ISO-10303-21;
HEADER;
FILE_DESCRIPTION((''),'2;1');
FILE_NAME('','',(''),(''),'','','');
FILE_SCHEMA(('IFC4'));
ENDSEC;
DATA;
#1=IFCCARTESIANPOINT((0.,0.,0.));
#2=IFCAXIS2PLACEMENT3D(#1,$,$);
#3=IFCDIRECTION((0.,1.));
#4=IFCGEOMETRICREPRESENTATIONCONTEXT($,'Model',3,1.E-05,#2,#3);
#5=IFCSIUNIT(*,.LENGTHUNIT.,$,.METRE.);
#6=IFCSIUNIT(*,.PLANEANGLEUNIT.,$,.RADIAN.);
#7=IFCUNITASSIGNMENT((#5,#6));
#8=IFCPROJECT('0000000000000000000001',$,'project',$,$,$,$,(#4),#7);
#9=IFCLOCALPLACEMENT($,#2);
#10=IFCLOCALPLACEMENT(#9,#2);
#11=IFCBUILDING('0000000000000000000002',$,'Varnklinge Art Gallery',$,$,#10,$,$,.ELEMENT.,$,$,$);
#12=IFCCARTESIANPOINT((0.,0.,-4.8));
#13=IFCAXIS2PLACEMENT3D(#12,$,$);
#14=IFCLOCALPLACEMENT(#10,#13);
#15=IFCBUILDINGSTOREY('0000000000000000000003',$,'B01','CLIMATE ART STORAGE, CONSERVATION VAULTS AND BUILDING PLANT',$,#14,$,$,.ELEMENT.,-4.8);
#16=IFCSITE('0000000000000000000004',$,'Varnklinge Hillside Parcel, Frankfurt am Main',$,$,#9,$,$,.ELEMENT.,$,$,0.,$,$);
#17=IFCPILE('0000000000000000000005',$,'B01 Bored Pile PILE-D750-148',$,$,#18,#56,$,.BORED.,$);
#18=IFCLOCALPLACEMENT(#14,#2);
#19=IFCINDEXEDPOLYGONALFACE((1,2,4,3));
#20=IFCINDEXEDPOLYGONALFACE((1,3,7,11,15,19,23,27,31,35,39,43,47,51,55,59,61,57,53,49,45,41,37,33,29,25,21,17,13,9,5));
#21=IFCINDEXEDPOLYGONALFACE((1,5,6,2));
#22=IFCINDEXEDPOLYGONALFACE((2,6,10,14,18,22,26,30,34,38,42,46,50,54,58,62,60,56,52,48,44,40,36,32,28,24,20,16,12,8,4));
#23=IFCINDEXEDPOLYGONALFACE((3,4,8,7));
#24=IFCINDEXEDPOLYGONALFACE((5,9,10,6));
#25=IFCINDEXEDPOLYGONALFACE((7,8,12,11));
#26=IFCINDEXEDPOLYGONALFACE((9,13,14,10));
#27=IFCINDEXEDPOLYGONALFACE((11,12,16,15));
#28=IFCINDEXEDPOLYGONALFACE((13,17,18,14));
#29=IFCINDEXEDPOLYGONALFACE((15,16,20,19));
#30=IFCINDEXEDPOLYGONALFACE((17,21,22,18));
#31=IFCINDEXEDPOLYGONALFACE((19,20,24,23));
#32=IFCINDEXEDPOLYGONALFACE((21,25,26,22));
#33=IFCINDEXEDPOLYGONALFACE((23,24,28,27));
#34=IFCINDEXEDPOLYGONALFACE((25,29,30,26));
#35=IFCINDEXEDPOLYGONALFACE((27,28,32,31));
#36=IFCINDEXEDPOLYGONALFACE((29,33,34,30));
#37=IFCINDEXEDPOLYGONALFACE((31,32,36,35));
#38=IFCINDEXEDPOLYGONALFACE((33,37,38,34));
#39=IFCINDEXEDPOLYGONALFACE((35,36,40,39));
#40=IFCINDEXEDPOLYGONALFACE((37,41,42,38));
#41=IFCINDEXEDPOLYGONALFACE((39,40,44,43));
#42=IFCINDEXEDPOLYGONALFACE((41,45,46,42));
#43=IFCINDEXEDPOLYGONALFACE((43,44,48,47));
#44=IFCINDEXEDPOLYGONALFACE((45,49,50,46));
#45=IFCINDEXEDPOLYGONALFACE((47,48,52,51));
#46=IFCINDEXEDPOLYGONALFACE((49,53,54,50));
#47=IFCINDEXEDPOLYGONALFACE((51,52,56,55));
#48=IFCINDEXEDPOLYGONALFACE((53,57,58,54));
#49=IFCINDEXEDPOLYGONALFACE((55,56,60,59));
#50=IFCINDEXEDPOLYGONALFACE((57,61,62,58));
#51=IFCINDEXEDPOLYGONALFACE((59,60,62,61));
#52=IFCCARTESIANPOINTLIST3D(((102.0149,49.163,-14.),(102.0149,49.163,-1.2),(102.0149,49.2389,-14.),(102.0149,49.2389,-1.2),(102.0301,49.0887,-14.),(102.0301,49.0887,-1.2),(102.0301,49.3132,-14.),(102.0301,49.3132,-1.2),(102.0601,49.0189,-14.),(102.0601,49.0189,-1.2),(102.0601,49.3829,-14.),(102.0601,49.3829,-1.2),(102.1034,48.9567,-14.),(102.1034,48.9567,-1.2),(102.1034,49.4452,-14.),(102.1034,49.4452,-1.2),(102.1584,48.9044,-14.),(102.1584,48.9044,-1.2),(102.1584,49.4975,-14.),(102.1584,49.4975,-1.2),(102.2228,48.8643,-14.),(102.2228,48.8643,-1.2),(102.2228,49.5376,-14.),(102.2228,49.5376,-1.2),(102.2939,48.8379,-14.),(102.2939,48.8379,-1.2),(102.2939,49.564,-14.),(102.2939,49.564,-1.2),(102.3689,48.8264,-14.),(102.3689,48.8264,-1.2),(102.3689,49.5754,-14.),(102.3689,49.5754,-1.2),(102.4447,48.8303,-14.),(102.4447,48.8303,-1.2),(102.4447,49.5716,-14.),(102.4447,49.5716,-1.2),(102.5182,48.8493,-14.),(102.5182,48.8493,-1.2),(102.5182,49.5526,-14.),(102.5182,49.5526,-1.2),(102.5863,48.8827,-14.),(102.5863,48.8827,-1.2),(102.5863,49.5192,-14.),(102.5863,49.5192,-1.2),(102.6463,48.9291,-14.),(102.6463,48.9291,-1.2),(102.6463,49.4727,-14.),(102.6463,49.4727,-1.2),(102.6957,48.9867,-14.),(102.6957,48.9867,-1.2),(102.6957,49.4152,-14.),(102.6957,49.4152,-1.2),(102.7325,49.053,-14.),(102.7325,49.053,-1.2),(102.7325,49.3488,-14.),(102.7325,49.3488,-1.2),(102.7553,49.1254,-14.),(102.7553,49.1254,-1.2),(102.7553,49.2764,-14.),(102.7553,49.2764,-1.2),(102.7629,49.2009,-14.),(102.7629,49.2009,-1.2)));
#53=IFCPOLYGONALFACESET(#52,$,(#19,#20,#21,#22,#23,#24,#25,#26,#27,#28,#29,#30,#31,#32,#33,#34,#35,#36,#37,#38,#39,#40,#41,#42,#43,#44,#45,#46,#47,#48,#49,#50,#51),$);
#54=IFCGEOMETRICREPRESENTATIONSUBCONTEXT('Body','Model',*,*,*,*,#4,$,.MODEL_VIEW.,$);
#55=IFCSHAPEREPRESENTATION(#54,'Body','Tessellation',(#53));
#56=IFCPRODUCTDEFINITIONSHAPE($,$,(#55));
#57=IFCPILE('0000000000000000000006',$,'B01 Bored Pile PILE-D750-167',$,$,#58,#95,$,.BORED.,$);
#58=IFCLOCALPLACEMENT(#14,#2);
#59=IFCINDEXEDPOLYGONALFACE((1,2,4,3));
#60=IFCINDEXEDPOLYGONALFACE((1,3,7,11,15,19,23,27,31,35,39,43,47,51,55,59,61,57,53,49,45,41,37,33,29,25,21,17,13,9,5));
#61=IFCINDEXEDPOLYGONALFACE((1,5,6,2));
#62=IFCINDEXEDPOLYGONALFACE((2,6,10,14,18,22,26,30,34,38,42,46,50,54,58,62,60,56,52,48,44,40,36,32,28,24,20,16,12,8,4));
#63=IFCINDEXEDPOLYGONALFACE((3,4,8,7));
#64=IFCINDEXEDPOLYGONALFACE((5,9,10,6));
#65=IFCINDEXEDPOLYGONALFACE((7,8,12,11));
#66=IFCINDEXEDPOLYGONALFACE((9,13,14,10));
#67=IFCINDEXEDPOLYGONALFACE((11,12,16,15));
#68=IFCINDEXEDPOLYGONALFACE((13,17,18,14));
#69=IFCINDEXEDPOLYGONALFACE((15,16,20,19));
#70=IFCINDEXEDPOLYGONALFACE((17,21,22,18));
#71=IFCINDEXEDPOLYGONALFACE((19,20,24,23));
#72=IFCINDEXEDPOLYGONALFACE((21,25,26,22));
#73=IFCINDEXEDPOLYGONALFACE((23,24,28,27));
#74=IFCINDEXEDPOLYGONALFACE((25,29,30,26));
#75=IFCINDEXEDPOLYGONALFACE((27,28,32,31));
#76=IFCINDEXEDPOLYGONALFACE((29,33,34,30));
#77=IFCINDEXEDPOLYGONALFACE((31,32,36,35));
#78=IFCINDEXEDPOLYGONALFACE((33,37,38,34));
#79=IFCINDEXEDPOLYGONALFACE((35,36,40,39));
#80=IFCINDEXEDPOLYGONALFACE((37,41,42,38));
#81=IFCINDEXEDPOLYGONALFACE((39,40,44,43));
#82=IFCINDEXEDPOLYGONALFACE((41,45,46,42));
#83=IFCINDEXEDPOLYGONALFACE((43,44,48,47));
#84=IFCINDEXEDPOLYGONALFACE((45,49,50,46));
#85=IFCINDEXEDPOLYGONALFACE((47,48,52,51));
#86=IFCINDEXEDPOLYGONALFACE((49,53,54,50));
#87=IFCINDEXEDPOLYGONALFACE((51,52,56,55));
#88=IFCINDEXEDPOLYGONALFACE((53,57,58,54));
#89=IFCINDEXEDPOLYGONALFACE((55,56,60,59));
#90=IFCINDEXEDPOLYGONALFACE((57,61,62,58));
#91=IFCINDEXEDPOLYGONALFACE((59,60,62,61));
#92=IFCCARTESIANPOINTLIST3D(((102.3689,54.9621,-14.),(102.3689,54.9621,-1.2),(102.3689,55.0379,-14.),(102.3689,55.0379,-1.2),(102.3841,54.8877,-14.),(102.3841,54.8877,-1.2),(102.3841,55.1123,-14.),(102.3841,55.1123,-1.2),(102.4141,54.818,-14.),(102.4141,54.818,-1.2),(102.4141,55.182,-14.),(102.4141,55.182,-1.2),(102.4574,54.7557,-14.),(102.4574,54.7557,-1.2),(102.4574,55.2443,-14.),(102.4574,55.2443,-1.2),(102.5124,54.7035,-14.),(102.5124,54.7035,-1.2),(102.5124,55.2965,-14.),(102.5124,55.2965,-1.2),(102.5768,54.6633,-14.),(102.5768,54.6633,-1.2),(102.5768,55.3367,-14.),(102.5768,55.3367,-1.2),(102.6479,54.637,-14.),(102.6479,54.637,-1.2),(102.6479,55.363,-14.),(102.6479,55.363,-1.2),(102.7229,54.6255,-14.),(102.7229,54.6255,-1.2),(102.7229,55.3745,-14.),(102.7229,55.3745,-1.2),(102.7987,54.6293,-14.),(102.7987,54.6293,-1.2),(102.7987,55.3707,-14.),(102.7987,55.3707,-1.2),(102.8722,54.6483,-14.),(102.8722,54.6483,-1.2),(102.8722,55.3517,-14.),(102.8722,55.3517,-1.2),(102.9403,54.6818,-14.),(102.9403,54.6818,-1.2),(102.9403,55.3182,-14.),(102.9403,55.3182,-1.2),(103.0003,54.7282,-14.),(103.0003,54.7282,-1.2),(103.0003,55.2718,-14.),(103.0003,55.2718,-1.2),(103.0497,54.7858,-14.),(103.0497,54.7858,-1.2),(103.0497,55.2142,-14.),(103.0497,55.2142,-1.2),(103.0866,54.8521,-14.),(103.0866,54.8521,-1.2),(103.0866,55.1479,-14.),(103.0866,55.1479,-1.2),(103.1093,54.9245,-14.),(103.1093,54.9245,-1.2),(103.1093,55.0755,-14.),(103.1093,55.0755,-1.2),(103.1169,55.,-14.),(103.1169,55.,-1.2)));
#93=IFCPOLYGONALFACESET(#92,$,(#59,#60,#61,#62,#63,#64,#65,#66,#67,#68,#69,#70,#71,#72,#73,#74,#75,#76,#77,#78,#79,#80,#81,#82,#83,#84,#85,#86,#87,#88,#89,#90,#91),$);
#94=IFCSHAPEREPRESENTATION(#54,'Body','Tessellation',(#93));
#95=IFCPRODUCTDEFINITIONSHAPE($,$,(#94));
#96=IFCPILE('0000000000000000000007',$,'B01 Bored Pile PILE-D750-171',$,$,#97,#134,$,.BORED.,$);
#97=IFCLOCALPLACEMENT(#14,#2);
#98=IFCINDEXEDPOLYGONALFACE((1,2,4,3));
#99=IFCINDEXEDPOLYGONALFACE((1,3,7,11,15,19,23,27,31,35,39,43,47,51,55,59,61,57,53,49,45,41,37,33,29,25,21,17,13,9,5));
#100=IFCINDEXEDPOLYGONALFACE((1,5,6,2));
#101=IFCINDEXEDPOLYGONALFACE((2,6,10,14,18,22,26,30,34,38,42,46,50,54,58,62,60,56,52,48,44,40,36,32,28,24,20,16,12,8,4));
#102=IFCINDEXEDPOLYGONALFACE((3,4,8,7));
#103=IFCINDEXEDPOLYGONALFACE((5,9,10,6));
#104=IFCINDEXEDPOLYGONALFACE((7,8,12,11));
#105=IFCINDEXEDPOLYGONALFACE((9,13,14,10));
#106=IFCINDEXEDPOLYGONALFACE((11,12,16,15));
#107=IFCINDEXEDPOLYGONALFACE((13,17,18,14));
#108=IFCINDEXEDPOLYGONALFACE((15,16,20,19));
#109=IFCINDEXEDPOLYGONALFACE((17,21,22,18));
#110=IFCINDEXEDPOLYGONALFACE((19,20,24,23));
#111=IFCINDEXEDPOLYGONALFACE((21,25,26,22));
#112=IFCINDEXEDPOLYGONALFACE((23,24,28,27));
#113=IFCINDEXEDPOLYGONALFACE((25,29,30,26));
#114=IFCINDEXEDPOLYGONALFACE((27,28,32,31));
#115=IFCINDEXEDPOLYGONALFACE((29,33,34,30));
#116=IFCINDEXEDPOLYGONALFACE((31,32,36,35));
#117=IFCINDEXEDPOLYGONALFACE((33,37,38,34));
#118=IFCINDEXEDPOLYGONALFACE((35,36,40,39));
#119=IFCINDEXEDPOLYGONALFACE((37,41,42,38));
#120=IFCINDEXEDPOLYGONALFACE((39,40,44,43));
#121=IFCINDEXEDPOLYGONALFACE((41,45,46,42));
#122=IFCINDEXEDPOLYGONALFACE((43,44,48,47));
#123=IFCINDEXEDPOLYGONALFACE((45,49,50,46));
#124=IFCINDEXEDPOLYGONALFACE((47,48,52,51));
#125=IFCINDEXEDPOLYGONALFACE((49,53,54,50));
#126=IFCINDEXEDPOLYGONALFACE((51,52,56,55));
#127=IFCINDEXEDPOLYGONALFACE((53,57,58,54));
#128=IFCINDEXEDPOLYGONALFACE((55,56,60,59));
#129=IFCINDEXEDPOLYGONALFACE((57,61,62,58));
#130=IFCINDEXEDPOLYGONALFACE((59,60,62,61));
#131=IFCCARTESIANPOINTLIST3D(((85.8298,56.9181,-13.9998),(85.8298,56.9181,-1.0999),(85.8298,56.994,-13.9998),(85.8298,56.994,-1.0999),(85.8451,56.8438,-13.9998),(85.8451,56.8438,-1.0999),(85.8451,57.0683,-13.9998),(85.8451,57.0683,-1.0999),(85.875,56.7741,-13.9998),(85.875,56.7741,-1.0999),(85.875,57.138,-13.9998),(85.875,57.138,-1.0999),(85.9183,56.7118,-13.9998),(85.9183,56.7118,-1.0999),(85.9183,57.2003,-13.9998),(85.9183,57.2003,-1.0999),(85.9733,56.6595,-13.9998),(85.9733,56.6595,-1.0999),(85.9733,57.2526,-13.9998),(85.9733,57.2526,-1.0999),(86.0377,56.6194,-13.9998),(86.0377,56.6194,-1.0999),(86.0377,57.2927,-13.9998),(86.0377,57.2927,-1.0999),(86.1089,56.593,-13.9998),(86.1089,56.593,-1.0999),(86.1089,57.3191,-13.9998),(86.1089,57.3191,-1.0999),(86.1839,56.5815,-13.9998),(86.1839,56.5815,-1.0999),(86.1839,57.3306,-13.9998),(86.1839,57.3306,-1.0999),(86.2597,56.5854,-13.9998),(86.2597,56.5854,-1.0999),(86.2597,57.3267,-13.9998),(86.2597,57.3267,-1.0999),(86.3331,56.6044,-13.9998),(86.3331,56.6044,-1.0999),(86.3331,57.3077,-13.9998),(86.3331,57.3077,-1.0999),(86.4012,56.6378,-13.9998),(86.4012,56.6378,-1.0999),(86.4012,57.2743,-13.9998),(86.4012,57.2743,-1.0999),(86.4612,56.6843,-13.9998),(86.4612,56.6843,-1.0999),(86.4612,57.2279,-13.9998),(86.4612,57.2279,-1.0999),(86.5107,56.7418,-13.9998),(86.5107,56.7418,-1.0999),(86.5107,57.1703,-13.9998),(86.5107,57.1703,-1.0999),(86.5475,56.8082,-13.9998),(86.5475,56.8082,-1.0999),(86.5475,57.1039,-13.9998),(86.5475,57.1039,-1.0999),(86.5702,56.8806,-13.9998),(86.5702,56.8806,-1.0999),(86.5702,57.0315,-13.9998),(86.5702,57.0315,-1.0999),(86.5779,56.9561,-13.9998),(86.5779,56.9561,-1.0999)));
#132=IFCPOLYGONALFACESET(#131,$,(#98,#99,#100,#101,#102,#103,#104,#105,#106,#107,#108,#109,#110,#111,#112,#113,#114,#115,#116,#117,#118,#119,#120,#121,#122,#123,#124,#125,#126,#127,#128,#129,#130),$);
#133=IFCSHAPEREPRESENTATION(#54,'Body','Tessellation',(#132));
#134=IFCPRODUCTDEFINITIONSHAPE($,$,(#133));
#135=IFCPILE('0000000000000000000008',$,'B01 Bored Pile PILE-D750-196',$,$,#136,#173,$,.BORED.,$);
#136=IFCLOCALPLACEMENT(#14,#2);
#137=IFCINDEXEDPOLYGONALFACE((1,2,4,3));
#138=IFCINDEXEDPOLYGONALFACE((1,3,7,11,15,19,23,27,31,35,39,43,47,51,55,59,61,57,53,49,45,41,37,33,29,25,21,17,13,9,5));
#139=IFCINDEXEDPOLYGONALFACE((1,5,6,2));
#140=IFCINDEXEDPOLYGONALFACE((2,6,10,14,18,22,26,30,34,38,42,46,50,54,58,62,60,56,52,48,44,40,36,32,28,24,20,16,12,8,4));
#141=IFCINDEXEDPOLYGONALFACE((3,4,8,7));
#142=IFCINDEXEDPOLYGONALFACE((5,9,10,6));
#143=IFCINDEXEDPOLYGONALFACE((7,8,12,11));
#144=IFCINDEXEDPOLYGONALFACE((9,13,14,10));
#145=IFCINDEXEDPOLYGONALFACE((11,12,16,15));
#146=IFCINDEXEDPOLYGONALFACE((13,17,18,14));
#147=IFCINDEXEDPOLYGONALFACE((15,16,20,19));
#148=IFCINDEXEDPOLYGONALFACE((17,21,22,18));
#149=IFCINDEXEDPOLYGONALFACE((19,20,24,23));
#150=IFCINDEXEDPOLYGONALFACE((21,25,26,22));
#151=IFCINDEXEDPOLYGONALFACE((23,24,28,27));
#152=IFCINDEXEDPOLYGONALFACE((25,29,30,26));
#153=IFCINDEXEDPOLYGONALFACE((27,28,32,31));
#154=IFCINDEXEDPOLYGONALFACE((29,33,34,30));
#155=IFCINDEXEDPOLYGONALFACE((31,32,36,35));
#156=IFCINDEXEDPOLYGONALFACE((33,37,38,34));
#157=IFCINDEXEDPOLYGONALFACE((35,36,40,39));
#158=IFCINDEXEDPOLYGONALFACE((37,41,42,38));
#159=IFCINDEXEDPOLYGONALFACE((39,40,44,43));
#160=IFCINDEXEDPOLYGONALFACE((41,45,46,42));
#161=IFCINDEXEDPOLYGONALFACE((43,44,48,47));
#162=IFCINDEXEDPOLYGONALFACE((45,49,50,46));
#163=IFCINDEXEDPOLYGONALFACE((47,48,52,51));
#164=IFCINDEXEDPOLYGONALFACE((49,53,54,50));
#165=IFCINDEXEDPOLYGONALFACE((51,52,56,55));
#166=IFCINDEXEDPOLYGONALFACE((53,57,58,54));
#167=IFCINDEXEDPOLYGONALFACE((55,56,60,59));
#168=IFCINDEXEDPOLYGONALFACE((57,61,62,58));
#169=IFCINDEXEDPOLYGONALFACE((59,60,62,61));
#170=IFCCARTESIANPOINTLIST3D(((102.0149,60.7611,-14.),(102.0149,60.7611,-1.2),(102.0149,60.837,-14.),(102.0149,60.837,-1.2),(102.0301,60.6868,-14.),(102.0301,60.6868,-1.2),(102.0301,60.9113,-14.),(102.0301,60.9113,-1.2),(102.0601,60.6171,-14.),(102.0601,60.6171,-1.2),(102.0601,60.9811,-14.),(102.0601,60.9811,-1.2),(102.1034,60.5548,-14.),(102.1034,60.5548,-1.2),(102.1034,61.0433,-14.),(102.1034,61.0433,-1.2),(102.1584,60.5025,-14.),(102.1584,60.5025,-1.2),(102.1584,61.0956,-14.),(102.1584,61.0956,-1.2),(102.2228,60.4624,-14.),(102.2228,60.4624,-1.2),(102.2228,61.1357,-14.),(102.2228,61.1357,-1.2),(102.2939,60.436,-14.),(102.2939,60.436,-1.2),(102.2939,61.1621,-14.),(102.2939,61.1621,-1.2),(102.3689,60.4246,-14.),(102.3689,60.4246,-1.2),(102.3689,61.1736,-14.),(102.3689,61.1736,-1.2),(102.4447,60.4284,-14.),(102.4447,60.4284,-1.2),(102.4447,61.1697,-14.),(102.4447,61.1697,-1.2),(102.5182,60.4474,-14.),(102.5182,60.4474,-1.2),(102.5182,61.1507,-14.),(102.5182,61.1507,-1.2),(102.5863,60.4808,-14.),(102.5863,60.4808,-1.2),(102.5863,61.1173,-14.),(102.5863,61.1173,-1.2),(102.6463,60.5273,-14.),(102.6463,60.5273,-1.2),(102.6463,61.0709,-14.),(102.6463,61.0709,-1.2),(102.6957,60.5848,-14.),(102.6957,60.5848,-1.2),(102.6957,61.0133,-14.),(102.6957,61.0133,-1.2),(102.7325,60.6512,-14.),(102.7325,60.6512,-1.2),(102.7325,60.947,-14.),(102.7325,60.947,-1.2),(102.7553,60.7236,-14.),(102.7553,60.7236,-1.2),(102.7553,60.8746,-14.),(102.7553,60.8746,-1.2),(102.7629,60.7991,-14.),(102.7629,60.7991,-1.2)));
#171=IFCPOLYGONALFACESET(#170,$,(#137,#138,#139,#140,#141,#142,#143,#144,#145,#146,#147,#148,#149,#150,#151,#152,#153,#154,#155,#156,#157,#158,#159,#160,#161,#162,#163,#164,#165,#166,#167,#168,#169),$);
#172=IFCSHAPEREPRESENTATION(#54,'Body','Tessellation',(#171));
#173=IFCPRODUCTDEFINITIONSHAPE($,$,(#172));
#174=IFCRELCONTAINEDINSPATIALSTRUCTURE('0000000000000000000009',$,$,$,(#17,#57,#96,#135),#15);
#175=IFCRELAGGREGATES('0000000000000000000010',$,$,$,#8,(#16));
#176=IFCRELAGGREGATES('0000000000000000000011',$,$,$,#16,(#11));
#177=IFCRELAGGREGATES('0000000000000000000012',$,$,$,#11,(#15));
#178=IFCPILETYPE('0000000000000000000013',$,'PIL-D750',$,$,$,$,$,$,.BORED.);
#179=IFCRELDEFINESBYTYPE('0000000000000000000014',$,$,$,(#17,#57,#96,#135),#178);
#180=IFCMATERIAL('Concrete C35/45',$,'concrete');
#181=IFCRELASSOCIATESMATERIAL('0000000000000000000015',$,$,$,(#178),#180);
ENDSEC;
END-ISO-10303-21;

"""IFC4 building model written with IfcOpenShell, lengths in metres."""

from ifc_helpers import new_model, si_unit, direction, frame, origin, origin_2d, place, context, subcontext, project, spatial, circle, extrude, material, material_profile, profile_set, type_object, element, save


model = new_model("IFC4")

# Units and contexts
model_context = context("Model", 3, precision=1e-05, world=origin(), true_north=direction((0.0, 1.0)))
body_context = subcontext(model_context, "Body", "Model", "MODEL_VIEW")
ifc_project = project(units=[si_unit("LENGTHUNIT", "METRE"), si_unit("PLANEANGLEUNIT", "RADIAN")], contexts=[model_context])

# Site, building, storey
site_placement = place(None, origin())
site = spatial("IfcSite", under=ifc_project, at=site_placement, Name="Varnklinge Hillside Parcel, Frankfurt am Main", CompositionType="ELEMENT", RefElevation=0.0)
building_placement = place(site_placement, origin())
building = spatial("IfcBuilding", under=site, at=building_placement, Name="Varnklinge Art Gallery", CompositionType="ELEMENT")
storey_placement = place(building_placement, frame((0.0, 0.0, -4.8)))
storey = spatial("IfcBuildingStorey", under=building, at=storey_placement, Name="B01", Description="CLIMATE ART STORAGE, CONSERVATION VAULTS AND BUILDING PLANT", CompositionType="ELEMENT", Elevation=-4.8)

# Piles
ifc_material_1 = material(Name="Concrete C35/45", Category="concrete")
ifc_material_profile_1 = material_profile(ifc_material_1, circle(Radius=0.375, at=origin_2d()), Name="PILE D750")
ifc_profile_set_1 = profile_set([ifc_material_profile_1], Name="Concrete C35/45")
pile_type = type_object("IfcPileType", Name="PIL-D750", PredefinedType="BORED", material=ifc_profile_set_1)
for number, where, z_axis, x_axis, name in (
    (1, (102.3879, 49.2009, -1.2), (0.0, 0.0, -1.0), (1.0, 0.0, 0.0), "B01 Bored Pile PILE-D750-148"),
    (2, (102.7419, 55.0, -1.2), (0.0, 0.0, -1.0), (1.0, 0.0, 0.0), "B01 Bored Pile PILE-D750-167"),
):
    element("IfcPile", number, at=place(storey_placement, frame(where, z_axis=z_axis, x_axis=x_axis)), inside=storey, type_object=pile_type, Name=name, PredefinedType="BORED", context=body_context, shape_type="SweptSolid", body=[
        extrude(circle(Radius=0.375, at=origin_2d()), origin(), (0.0, 0.0, 1.0), 12.8),
    ])
pile_1_placement = place(storey_placement, frame((86.2029, 56.9561, -1.0999), z_axis=(0.0, 0.0, -1.0), x_axis=(1.0, 0.0, 0.0)))
element("IfcPile", 3, at=pile_1_placement, inside=storey, type_object=pile_type, Name="B01 Bored Pile PILE-D750-171", PredefinedType="BORED", context=body_context, shape_type="SweptSolid", body=[
    extrude(circle(Radius=0.375, at=origin_2d()), origin(), (0.0, 0.0, 1.0), 12.8999),
])
pile_2_placement = place(storey_placement, frame((102.3879, 60.7991, -1.2), z_axis=(0.0, 0.0, -1.0), x_axis=(1.0, 0.0, 0.0)))
element("IfcPile", 4, at=pile_2_placement, inside=storey, type_object=pile_type, Name="B01 Bored Pile PILE-D750-196", PredefinedType="BORED", context=body_context, shape_type="SweptSolid", body=[
    extrude(circle(Radius=0.375, at=origin_2d()), origin(), (0.0, 0.0, 1.0), 12.8),
])

save(model, "model.ifc")
